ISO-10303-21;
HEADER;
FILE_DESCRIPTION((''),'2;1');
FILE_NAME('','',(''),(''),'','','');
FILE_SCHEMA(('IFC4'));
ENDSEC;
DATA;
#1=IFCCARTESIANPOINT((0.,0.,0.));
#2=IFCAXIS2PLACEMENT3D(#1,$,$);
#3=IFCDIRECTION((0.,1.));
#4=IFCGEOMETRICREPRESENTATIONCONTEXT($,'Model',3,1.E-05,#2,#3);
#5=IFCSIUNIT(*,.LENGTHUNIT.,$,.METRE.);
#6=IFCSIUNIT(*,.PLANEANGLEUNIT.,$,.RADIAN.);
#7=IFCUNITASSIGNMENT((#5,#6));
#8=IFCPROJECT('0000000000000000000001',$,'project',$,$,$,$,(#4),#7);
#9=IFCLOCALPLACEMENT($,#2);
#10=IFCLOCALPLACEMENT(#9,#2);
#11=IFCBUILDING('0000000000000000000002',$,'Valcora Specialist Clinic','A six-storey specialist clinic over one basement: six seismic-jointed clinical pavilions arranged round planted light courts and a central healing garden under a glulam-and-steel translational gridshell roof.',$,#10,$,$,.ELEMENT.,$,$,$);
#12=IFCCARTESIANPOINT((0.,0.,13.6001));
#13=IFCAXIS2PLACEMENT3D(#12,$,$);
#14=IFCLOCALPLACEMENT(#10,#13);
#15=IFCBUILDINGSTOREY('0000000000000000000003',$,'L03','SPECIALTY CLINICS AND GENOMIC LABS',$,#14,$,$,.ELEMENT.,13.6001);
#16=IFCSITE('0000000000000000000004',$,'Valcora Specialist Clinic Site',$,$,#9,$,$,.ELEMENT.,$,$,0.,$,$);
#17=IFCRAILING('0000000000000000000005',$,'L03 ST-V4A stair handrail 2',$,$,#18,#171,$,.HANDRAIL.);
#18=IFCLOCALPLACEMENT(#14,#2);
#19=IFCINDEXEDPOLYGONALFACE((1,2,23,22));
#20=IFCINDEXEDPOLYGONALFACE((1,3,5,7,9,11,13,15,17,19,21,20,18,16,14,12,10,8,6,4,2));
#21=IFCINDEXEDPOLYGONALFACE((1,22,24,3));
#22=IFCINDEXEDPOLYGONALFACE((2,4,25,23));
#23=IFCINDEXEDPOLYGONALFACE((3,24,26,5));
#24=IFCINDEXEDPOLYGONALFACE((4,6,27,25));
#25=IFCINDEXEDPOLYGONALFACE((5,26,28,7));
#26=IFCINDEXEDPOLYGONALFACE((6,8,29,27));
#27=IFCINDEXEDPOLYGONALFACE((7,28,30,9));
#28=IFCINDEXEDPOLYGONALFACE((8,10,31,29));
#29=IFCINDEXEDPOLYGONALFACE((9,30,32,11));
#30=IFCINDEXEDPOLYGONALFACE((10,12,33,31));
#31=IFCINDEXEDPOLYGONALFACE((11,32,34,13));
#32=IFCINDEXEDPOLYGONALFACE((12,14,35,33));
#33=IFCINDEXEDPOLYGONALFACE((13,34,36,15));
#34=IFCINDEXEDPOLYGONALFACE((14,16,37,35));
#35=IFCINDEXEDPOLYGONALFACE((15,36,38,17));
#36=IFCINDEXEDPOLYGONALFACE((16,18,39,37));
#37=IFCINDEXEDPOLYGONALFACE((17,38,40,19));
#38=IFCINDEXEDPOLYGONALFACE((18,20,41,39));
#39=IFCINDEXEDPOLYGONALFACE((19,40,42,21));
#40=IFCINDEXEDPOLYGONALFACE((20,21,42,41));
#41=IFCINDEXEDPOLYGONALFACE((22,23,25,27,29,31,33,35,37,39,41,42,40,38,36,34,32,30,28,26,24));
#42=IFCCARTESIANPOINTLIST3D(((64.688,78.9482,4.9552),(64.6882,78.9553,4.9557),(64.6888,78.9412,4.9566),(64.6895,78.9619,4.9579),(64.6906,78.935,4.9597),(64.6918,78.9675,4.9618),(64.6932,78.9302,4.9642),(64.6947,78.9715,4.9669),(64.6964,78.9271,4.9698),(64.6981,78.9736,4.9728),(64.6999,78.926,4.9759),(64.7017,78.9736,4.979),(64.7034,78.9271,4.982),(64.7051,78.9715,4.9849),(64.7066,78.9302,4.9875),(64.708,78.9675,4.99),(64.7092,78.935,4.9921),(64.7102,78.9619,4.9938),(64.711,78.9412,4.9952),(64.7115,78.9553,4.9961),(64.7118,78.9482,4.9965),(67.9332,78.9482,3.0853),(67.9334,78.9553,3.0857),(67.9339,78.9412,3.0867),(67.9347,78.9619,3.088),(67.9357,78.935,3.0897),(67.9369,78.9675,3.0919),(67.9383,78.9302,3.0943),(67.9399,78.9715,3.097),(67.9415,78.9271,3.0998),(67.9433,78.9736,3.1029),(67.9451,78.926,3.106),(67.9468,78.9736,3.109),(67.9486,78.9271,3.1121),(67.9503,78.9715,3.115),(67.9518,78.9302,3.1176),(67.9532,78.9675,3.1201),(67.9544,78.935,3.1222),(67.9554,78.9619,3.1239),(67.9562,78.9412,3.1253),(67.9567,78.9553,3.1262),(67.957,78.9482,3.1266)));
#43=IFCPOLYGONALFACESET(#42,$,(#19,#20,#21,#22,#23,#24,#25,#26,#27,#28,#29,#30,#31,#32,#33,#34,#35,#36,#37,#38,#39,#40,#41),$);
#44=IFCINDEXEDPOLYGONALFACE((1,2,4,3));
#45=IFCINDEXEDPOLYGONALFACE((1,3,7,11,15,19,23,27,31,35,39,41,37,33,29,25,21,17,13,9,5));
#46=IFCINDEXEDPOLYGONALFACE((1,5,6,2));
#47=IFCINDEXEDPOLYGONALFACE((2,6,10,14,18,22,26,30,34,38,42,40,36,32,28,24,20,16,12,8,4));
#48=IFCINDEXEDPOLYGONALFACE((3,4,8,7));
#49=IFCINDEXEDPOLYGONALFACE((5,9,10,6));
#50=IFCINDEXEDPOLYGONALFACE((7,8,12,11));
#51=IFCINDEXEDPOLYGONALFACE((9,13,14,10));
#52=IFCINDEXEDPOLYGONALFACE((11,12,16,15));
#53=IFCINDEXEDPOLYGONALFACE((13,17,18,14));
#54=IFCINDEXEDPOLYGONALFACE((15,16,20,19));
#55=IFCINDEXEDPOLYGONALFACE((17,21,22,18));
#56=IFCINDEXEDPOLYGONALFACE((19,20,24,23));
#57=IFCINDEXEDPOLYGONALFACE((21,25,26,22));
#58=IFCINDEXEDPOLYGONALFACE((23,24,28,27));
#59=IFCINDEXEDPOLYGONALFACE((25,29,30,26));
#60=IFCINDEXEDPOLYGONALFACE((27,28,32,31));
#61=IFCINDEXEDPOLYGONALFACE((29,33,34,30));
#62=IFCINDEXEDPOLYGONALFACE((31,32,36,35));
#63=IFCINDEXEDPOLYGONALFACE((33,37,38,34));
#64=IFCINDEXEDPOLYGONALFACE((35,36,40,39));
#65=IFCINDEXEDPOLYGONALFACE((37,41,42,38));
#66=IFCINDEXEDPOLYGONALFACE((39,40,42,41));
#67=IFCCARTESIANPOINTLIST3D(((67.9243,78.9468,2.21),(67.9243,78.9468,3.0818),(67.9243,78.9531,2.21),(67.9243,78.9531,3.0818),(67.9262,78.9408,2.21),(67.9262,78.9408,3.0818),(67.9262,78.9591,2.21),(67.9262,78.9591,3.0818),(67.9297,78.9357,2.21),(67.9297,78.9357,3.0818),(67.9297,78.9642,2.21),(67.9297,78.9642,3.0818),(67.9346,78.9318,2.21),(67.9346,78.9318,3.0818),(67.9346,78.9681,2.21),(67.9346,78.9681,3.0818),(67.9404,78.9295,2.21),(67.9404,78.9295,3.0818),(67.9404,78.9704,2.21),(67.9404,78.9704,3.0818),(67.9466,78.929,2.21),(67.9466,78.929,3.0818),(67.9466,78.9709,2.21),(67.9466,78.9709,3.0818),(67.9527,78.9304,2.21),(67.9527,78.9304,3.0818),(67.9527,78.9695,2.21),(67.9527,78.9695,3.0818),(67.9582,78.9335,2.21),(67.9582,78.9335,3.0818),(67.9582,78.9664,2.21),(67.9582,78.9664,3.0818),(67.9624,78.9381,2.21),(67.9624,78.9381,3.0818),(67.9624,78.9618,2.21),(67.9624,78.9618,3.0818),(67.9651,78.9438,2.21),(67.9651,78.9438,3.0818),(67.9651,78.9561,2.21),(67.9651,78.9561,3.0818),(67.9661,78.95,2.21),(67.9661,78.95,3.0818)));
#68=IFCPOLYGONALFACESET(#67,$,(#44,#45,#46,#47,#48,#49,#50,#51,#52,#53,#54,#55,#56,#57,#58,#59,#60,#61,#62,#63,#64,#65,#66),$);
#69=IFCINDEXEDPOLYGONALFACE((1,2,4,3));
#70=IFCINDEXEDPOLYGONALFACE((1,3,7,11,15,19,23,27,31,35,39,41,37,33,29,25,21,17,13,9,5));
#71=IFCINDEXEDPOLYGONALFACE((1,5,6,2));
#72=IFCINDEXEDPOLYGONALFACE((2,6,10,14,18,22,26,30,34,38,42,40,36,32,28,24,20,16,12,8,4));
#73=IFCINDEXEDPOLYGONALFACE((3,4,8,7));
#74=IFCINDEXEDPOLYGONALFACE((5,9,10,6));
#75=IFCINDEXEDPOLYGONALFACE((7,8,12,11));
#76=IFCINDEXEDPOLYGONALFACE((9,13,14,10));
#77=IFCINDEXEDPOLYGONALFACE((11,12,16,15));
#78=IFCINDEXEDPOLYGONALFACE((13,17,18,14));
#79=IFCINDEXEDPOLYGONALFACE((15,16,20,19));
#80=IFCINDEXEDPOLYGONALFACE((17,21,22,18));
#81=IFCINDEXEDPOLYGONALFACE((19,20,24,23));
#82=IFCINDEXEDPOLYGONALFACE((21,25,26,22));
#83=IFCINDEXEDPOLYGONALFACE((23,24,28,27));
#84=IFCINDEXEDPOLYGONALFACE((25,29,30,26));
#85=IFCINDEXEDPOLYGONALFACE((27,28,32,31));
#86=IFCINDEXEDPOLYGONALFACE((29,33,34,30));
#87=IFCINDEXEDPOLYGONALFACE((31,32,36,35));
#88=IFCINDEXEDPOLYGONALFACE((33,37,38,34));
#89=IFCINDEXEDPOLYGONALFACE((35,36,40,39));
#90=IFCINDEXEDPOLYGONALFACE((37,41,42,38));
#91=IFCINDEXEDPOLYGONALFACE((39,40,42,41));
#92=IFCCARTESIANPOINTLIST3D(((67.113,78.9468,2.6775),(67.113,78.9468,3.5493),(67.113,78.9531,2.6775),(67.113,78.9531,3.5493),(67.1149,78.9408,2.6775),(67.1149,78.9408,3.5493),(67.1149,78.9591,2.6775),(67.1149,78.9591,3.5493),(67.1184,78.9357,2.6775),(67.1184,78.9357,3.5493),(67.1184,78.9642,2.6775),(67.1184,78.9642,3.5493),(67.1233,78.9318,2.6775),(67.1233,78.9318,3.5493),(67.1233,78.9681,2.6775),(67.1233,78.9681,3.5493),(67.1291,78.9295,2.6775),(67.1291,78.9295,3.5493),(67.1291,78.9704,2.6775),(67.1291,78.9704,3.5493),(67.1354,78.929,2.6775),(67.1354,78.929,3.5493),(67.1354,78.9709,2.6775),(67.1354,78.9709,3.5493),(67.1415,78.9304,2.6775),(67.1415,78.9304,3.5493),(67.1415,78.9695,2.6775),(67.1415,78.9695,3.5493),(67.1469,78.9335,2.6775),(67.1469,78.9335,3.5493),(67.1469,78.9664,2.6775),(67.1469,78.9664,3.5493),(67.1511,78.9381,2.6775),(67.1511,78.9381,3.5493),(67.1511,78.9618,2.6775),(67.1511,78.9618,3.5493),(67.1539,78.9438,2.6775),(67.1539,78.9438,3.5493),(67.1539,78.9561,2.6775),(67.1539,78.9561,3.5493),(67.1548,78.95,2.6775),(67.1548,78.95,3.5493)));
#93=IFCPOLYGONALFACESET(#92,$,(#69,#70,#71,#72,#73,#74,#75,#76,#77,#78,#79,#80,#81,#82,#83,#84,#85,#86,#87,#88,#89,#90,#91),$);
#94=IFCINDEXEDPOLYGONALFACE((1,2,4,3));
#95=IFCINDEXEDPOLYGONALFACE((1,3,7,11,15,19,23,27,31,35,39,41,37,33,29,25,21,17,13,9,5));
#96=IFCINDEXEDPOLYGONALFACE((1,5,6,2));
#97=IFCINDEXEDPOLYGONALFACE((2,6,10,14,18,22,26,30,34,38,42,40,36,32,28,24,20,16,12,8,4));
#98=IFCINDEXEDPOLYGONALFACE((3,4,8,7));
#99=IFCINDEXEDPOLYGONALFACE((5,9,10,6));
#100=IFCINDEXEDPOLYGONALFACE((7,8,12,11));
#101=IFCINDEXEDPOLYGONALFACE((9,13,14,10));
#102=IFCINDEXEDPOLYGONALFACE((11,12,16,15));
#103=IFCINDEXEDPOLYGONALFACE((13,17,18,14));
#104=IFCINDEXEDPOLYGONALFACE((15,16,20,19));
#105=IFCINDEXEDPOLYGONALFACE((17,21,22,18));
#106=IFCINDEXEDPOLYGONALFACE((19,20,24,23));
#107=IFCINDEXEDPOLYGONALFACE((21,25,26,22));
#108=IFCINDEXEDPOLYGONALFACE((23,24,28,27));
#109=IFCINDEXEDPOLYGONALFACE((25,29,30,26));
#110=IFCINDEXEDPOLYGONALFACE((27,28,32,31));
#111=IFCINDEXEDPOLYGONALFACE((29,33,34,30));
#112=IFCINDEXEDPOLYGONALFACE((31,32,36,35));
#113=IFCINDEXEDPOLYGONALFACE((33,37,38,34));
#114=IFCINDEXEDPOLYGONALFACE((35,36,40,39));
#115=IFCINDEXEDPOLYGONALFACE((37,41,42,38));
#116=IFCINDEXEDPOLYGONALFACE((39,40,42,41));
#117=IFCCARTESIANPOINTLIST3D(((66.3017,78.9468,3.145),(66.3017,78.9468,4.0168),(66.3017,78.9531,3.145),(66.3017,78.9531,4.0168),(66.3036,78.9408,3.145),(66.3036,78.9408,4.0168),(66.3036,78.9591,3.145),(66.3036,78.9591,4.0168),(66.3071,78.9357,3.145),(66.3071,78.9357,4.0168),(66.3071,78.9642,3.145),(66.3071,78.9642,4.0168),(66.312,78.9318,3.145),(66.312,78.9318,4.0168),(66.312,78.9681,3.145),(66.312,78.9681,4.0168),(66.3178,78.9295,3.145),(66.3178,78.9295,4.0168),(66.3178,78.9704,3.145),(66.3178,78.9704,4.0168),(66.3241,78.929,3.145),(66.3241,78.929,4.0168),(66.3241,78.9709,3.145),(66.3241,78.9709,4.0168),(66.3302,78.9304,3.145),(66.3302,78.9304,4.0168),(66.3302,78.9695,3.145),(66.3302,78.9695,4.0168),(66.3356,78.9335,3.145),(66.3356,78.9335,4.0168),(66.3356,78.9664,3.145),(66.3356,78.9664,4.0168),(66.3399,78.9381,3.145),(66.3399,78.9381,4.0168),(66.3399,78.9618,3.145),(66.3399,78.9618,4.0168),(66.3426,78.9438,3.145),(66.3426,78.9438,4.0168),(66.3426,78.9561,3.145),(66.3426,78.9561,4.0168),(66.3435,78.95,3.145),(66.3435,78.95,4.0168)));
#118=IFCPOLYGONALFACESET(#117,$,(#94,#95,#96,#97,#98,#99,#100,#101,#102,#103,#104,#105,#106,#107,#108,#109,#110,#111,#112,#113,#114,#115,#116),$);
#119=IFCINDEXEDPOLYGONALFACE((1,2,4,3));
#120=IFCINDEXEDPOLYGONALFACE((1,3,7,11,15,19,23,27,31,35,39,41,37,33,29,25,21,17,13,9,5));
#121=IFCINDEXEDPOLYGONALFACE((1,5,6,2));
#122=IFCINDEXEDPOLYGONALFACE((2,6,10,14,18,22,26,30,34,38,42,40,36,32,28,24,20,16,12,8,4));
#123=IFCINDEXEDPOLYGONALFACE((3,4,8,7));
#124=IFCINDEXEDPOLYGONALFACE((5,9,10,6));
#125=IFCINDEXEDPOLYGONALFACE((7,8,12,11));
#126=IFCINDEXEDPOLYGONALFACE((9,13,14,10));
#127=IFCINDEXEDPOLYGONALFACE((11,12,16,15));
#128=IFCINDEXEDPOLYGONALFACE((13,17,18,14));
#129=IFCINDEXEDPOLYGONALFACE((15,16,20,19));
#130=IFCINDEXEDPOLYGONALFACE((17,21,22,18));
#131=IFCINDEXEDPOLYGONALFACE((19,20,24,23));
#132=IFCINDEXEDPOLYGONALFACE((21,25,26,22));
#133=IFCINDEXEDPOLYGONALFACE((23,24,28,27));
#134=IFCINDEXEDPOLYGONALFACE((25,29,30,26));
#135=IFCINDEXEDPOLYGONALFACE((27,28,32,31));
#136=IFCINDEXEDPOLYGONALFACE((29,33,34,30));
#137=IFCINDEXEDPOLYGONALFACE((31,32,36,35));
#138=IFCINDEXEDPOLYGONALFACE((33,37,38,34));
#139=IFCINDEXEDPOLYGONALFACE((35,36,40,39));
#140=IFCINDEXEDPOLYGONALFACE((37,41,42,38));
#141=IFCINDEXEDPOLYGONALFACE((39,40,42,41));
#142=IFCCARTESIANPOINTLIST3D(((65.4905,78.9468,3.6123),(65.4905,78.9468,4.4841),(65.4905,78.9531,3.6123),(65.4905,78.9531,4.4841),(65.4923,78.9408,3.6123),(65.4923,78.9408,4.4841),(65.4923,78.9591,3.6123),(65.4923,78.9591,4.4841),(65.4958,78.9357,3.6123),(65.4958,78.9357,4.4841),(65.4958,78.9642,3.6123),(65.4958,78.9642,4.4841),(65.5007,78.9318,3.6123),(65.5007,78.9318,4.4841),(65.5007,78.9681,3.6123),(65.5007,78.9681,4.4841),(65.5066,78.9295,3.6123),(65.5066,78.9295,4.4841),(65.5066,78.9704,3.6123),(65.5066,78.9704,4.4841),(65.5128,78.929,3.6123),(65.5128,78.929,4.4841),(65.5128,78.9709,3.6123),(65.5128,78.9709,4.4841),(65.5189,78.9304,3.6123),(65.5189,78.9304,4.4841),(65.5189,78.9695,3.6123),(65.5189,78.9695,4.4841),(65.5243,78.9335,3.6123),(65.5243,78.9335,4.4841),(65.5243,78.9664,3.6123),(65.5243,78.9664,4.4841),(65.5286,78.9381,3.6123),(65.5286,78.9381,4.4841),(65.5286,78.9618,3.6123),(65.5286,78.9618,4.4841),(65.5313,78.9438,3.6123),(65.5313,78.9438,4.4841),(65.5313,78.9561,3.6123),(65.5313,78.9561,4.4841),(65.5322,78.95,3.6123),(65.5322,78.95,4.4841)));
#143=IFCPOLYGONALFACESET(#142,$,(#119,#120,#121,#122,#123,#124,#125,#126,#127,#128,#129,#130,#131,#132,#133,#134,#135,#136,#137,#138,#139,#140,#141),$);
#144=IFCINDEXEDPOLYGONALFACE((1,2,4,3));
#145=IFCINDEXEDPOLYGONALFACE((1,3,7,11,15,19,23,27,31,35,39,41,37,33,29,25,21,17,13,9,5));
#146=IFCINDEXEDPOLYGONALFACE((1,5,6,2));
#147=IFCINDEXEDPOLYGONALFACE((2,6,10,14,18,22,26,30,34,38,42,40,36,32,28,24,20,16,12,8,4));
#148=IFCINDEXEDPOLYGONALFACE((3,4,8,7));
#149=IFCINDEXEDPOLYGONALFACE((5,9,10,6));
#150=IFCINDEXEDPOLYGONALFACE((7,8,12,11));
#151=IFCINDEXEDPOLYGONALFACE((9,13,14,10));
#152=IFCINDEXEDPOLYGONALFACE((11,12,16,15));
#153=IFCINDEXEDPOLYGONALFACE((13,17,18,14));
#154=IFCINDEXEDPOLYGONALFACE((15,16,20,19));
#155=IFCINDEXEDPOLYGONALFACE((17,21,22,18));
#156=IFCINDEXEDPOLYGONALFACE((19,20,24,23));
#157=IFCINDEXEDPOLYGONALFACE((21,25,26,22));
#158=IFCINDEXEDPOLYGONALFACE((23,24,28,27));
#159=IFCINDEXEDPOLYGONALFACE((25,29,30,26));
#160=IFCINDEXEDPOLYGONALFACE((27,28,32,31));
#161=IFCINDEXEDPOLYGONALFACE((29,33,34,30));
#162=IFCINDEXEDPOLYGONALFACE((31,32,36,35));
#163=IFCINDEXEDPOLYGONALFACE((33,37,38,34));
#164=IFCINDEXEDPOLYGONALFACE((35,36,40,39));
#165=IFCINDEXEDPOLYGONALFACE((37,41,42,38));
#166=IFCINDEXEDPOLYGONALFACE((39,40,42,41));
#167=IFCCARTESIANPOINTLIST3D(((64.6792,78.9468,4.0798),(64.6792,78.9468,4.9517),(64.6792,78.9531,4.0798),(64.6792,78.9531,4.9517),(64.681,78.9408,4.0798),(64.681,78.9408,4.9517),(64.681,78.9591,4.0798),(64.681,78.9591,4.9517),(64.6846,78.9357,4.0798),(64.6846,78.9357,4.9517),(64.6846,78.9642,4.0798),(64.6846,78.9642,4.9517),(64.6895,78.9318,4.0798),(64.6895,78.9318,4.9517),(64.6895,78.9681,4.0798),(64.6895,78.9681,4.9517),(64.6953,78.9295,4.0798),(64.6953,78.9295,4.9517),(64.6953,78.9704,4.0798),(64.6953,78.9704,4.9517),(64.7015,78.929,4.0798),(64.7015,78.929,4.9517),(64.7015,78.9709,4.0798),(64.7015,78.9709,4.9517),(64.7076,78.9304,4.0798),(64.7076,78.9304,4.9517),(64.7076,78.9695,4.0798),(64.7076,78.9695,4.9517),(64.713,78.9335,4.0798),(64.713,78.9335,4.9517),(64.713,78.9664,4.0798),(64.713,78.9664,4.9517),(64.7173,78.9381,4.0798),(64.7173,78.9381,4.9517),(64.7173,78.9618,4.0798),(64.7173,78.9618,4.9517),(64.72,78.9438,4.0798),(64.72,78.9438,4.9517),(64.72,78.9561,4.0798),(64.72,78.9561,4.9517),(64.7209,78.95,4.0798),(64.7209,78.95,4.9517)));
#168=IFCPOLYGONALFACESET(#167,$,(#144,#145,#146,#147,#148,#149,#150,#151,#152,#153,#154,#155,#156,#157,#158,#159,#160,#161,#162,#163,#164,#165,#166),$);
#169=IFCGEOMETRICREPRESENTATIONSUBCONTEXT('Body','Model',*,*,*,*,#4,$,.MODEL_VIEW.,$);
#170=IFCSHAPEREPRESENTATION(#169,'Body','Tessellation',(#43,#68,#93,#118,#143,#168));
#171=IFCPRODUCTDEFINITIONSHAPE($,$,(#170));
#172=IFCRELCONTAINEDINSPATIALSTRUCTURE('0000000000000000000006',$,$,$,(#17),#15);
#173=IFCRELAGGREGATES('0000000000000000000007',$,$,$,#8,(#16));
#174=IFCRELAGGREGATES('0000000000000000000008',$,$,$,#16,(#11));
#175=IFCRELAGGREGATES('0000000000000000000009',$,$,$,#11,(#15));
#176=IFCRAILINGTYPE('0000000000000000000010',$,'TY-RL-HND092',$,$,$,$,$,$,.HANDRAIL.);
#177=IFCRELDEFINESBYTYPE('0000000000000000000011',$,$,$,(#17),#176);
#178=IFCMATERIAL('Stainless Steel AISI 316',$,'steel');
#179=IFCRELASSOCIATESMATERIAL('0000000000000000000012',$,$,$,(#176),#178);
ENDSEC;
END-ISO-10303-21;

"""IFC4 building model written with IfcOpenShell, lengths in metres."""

from ifc_helpers import new_model, si_unit, direction, frame, origin, origin_2d, place, context, subcontext, project, spatial, circle, extrude, material, type_object, element, save


model = new_model("IFC4")

# Units and contexts
model_context = context("Model", 3, precision=1e-05, world=origin(), true_north=direction((0.0, 1.0)))
body_context = subcontext(model_context, "Body", "Model", "MODEL_VIEW")
ifc_project = project(units=[si_unit("LENGTHUNIT", "METRE"), si_unit("PLANEANGLEUNIT", "RADIAN")], contexts=[model_context])

# Site, building, storey
site_placement = place(None, origin())
site = spatial("IfcSite", under=ifc_project, at=site_placement, Name="Valcora Specialist Clinic Site", CompositionType="ELEMENT", RefElevation=0.0)
building_placement = place(site_placement, origin())
building = spatial("IfcBuilding", under=site, at=building_placement, Name="Valcora Specialist Clinic", Description="A six-storey specialist clinic over one basement: six seismic-jointed clinical pavilions arranged round planted light courts and a central healing garden under a glulam-and-steel translational gridshell roof.", CompositionType="ELEMENT")
storey_placement = place(building_placement, frame((0.0, 0.0, 13.6001)))
storey = spatial("IfcBuildingStorey", under=building, at=storey_placement, Name="L03", Description="SPECIALTY CLINICS AND GENOMIC LABS", CompositionType="ELEMENT", Elevation=13.6001)

# Shared definitions
ifc_material_1 = material(Name="Stainless Steel AISI 316", Category="steel")

# Railing
railing_type_1 = type_object("IfcRailingType", Name="TY-RL-HND092", PredefinedType="HANDRAIL", material=ifc_material_1)
railing_1_placement = place(storey_placement, frame((67.9451, 78.95, 2.21)))
element("IfcRailing", 1, at=railing_1_placement, inside=storey, type_object=railing_type_1, Name="L03 ST-V4A stair handrail 2", PredefinedType="HANDRAIL", context=body_context, shape_type="SweptSolid", body=[
    extrude(circle(Radius=0.0239, at=origin_2d()), frame((0.0, 0.0, 0.896), z_axis=(-0.866452, 0.0, 0.49926), x_axis=(0.0, -1.0, 0.0)), (0.0, 0.0, 1.0), 3.7454),
    extrude(circle(Radius=0.021, at=origin_2d()), origin(), (0.0, 0.0, 1.0), 0.8718),
    extrude(circle(Radius=0.021, at=origin_2d()), frame((-0.8113, 0.0, 0.4675)), (0.0, 0.0, 1.0), 0.8718),
    extrude(circle(Radius=0.021, at=origin_2d()), frame((-1.6226, 0.0, 0.9351)), (0.0, 0.0, 1.0), 0.8718),
    extrude(circle(Radius=0.021, at=origin_2d()), frame((-2.4338, 0.0, 1.4023)), (0.0, 0.0, 1.0), 0.8718),
    extrude(circle(Radius=0.021, at=origin_2d()), frame((-3.2451, 0.0, 1.8699)), (0.0, 0.0, 1.0), 0.8718),
])

save(model, "model.ifc")
